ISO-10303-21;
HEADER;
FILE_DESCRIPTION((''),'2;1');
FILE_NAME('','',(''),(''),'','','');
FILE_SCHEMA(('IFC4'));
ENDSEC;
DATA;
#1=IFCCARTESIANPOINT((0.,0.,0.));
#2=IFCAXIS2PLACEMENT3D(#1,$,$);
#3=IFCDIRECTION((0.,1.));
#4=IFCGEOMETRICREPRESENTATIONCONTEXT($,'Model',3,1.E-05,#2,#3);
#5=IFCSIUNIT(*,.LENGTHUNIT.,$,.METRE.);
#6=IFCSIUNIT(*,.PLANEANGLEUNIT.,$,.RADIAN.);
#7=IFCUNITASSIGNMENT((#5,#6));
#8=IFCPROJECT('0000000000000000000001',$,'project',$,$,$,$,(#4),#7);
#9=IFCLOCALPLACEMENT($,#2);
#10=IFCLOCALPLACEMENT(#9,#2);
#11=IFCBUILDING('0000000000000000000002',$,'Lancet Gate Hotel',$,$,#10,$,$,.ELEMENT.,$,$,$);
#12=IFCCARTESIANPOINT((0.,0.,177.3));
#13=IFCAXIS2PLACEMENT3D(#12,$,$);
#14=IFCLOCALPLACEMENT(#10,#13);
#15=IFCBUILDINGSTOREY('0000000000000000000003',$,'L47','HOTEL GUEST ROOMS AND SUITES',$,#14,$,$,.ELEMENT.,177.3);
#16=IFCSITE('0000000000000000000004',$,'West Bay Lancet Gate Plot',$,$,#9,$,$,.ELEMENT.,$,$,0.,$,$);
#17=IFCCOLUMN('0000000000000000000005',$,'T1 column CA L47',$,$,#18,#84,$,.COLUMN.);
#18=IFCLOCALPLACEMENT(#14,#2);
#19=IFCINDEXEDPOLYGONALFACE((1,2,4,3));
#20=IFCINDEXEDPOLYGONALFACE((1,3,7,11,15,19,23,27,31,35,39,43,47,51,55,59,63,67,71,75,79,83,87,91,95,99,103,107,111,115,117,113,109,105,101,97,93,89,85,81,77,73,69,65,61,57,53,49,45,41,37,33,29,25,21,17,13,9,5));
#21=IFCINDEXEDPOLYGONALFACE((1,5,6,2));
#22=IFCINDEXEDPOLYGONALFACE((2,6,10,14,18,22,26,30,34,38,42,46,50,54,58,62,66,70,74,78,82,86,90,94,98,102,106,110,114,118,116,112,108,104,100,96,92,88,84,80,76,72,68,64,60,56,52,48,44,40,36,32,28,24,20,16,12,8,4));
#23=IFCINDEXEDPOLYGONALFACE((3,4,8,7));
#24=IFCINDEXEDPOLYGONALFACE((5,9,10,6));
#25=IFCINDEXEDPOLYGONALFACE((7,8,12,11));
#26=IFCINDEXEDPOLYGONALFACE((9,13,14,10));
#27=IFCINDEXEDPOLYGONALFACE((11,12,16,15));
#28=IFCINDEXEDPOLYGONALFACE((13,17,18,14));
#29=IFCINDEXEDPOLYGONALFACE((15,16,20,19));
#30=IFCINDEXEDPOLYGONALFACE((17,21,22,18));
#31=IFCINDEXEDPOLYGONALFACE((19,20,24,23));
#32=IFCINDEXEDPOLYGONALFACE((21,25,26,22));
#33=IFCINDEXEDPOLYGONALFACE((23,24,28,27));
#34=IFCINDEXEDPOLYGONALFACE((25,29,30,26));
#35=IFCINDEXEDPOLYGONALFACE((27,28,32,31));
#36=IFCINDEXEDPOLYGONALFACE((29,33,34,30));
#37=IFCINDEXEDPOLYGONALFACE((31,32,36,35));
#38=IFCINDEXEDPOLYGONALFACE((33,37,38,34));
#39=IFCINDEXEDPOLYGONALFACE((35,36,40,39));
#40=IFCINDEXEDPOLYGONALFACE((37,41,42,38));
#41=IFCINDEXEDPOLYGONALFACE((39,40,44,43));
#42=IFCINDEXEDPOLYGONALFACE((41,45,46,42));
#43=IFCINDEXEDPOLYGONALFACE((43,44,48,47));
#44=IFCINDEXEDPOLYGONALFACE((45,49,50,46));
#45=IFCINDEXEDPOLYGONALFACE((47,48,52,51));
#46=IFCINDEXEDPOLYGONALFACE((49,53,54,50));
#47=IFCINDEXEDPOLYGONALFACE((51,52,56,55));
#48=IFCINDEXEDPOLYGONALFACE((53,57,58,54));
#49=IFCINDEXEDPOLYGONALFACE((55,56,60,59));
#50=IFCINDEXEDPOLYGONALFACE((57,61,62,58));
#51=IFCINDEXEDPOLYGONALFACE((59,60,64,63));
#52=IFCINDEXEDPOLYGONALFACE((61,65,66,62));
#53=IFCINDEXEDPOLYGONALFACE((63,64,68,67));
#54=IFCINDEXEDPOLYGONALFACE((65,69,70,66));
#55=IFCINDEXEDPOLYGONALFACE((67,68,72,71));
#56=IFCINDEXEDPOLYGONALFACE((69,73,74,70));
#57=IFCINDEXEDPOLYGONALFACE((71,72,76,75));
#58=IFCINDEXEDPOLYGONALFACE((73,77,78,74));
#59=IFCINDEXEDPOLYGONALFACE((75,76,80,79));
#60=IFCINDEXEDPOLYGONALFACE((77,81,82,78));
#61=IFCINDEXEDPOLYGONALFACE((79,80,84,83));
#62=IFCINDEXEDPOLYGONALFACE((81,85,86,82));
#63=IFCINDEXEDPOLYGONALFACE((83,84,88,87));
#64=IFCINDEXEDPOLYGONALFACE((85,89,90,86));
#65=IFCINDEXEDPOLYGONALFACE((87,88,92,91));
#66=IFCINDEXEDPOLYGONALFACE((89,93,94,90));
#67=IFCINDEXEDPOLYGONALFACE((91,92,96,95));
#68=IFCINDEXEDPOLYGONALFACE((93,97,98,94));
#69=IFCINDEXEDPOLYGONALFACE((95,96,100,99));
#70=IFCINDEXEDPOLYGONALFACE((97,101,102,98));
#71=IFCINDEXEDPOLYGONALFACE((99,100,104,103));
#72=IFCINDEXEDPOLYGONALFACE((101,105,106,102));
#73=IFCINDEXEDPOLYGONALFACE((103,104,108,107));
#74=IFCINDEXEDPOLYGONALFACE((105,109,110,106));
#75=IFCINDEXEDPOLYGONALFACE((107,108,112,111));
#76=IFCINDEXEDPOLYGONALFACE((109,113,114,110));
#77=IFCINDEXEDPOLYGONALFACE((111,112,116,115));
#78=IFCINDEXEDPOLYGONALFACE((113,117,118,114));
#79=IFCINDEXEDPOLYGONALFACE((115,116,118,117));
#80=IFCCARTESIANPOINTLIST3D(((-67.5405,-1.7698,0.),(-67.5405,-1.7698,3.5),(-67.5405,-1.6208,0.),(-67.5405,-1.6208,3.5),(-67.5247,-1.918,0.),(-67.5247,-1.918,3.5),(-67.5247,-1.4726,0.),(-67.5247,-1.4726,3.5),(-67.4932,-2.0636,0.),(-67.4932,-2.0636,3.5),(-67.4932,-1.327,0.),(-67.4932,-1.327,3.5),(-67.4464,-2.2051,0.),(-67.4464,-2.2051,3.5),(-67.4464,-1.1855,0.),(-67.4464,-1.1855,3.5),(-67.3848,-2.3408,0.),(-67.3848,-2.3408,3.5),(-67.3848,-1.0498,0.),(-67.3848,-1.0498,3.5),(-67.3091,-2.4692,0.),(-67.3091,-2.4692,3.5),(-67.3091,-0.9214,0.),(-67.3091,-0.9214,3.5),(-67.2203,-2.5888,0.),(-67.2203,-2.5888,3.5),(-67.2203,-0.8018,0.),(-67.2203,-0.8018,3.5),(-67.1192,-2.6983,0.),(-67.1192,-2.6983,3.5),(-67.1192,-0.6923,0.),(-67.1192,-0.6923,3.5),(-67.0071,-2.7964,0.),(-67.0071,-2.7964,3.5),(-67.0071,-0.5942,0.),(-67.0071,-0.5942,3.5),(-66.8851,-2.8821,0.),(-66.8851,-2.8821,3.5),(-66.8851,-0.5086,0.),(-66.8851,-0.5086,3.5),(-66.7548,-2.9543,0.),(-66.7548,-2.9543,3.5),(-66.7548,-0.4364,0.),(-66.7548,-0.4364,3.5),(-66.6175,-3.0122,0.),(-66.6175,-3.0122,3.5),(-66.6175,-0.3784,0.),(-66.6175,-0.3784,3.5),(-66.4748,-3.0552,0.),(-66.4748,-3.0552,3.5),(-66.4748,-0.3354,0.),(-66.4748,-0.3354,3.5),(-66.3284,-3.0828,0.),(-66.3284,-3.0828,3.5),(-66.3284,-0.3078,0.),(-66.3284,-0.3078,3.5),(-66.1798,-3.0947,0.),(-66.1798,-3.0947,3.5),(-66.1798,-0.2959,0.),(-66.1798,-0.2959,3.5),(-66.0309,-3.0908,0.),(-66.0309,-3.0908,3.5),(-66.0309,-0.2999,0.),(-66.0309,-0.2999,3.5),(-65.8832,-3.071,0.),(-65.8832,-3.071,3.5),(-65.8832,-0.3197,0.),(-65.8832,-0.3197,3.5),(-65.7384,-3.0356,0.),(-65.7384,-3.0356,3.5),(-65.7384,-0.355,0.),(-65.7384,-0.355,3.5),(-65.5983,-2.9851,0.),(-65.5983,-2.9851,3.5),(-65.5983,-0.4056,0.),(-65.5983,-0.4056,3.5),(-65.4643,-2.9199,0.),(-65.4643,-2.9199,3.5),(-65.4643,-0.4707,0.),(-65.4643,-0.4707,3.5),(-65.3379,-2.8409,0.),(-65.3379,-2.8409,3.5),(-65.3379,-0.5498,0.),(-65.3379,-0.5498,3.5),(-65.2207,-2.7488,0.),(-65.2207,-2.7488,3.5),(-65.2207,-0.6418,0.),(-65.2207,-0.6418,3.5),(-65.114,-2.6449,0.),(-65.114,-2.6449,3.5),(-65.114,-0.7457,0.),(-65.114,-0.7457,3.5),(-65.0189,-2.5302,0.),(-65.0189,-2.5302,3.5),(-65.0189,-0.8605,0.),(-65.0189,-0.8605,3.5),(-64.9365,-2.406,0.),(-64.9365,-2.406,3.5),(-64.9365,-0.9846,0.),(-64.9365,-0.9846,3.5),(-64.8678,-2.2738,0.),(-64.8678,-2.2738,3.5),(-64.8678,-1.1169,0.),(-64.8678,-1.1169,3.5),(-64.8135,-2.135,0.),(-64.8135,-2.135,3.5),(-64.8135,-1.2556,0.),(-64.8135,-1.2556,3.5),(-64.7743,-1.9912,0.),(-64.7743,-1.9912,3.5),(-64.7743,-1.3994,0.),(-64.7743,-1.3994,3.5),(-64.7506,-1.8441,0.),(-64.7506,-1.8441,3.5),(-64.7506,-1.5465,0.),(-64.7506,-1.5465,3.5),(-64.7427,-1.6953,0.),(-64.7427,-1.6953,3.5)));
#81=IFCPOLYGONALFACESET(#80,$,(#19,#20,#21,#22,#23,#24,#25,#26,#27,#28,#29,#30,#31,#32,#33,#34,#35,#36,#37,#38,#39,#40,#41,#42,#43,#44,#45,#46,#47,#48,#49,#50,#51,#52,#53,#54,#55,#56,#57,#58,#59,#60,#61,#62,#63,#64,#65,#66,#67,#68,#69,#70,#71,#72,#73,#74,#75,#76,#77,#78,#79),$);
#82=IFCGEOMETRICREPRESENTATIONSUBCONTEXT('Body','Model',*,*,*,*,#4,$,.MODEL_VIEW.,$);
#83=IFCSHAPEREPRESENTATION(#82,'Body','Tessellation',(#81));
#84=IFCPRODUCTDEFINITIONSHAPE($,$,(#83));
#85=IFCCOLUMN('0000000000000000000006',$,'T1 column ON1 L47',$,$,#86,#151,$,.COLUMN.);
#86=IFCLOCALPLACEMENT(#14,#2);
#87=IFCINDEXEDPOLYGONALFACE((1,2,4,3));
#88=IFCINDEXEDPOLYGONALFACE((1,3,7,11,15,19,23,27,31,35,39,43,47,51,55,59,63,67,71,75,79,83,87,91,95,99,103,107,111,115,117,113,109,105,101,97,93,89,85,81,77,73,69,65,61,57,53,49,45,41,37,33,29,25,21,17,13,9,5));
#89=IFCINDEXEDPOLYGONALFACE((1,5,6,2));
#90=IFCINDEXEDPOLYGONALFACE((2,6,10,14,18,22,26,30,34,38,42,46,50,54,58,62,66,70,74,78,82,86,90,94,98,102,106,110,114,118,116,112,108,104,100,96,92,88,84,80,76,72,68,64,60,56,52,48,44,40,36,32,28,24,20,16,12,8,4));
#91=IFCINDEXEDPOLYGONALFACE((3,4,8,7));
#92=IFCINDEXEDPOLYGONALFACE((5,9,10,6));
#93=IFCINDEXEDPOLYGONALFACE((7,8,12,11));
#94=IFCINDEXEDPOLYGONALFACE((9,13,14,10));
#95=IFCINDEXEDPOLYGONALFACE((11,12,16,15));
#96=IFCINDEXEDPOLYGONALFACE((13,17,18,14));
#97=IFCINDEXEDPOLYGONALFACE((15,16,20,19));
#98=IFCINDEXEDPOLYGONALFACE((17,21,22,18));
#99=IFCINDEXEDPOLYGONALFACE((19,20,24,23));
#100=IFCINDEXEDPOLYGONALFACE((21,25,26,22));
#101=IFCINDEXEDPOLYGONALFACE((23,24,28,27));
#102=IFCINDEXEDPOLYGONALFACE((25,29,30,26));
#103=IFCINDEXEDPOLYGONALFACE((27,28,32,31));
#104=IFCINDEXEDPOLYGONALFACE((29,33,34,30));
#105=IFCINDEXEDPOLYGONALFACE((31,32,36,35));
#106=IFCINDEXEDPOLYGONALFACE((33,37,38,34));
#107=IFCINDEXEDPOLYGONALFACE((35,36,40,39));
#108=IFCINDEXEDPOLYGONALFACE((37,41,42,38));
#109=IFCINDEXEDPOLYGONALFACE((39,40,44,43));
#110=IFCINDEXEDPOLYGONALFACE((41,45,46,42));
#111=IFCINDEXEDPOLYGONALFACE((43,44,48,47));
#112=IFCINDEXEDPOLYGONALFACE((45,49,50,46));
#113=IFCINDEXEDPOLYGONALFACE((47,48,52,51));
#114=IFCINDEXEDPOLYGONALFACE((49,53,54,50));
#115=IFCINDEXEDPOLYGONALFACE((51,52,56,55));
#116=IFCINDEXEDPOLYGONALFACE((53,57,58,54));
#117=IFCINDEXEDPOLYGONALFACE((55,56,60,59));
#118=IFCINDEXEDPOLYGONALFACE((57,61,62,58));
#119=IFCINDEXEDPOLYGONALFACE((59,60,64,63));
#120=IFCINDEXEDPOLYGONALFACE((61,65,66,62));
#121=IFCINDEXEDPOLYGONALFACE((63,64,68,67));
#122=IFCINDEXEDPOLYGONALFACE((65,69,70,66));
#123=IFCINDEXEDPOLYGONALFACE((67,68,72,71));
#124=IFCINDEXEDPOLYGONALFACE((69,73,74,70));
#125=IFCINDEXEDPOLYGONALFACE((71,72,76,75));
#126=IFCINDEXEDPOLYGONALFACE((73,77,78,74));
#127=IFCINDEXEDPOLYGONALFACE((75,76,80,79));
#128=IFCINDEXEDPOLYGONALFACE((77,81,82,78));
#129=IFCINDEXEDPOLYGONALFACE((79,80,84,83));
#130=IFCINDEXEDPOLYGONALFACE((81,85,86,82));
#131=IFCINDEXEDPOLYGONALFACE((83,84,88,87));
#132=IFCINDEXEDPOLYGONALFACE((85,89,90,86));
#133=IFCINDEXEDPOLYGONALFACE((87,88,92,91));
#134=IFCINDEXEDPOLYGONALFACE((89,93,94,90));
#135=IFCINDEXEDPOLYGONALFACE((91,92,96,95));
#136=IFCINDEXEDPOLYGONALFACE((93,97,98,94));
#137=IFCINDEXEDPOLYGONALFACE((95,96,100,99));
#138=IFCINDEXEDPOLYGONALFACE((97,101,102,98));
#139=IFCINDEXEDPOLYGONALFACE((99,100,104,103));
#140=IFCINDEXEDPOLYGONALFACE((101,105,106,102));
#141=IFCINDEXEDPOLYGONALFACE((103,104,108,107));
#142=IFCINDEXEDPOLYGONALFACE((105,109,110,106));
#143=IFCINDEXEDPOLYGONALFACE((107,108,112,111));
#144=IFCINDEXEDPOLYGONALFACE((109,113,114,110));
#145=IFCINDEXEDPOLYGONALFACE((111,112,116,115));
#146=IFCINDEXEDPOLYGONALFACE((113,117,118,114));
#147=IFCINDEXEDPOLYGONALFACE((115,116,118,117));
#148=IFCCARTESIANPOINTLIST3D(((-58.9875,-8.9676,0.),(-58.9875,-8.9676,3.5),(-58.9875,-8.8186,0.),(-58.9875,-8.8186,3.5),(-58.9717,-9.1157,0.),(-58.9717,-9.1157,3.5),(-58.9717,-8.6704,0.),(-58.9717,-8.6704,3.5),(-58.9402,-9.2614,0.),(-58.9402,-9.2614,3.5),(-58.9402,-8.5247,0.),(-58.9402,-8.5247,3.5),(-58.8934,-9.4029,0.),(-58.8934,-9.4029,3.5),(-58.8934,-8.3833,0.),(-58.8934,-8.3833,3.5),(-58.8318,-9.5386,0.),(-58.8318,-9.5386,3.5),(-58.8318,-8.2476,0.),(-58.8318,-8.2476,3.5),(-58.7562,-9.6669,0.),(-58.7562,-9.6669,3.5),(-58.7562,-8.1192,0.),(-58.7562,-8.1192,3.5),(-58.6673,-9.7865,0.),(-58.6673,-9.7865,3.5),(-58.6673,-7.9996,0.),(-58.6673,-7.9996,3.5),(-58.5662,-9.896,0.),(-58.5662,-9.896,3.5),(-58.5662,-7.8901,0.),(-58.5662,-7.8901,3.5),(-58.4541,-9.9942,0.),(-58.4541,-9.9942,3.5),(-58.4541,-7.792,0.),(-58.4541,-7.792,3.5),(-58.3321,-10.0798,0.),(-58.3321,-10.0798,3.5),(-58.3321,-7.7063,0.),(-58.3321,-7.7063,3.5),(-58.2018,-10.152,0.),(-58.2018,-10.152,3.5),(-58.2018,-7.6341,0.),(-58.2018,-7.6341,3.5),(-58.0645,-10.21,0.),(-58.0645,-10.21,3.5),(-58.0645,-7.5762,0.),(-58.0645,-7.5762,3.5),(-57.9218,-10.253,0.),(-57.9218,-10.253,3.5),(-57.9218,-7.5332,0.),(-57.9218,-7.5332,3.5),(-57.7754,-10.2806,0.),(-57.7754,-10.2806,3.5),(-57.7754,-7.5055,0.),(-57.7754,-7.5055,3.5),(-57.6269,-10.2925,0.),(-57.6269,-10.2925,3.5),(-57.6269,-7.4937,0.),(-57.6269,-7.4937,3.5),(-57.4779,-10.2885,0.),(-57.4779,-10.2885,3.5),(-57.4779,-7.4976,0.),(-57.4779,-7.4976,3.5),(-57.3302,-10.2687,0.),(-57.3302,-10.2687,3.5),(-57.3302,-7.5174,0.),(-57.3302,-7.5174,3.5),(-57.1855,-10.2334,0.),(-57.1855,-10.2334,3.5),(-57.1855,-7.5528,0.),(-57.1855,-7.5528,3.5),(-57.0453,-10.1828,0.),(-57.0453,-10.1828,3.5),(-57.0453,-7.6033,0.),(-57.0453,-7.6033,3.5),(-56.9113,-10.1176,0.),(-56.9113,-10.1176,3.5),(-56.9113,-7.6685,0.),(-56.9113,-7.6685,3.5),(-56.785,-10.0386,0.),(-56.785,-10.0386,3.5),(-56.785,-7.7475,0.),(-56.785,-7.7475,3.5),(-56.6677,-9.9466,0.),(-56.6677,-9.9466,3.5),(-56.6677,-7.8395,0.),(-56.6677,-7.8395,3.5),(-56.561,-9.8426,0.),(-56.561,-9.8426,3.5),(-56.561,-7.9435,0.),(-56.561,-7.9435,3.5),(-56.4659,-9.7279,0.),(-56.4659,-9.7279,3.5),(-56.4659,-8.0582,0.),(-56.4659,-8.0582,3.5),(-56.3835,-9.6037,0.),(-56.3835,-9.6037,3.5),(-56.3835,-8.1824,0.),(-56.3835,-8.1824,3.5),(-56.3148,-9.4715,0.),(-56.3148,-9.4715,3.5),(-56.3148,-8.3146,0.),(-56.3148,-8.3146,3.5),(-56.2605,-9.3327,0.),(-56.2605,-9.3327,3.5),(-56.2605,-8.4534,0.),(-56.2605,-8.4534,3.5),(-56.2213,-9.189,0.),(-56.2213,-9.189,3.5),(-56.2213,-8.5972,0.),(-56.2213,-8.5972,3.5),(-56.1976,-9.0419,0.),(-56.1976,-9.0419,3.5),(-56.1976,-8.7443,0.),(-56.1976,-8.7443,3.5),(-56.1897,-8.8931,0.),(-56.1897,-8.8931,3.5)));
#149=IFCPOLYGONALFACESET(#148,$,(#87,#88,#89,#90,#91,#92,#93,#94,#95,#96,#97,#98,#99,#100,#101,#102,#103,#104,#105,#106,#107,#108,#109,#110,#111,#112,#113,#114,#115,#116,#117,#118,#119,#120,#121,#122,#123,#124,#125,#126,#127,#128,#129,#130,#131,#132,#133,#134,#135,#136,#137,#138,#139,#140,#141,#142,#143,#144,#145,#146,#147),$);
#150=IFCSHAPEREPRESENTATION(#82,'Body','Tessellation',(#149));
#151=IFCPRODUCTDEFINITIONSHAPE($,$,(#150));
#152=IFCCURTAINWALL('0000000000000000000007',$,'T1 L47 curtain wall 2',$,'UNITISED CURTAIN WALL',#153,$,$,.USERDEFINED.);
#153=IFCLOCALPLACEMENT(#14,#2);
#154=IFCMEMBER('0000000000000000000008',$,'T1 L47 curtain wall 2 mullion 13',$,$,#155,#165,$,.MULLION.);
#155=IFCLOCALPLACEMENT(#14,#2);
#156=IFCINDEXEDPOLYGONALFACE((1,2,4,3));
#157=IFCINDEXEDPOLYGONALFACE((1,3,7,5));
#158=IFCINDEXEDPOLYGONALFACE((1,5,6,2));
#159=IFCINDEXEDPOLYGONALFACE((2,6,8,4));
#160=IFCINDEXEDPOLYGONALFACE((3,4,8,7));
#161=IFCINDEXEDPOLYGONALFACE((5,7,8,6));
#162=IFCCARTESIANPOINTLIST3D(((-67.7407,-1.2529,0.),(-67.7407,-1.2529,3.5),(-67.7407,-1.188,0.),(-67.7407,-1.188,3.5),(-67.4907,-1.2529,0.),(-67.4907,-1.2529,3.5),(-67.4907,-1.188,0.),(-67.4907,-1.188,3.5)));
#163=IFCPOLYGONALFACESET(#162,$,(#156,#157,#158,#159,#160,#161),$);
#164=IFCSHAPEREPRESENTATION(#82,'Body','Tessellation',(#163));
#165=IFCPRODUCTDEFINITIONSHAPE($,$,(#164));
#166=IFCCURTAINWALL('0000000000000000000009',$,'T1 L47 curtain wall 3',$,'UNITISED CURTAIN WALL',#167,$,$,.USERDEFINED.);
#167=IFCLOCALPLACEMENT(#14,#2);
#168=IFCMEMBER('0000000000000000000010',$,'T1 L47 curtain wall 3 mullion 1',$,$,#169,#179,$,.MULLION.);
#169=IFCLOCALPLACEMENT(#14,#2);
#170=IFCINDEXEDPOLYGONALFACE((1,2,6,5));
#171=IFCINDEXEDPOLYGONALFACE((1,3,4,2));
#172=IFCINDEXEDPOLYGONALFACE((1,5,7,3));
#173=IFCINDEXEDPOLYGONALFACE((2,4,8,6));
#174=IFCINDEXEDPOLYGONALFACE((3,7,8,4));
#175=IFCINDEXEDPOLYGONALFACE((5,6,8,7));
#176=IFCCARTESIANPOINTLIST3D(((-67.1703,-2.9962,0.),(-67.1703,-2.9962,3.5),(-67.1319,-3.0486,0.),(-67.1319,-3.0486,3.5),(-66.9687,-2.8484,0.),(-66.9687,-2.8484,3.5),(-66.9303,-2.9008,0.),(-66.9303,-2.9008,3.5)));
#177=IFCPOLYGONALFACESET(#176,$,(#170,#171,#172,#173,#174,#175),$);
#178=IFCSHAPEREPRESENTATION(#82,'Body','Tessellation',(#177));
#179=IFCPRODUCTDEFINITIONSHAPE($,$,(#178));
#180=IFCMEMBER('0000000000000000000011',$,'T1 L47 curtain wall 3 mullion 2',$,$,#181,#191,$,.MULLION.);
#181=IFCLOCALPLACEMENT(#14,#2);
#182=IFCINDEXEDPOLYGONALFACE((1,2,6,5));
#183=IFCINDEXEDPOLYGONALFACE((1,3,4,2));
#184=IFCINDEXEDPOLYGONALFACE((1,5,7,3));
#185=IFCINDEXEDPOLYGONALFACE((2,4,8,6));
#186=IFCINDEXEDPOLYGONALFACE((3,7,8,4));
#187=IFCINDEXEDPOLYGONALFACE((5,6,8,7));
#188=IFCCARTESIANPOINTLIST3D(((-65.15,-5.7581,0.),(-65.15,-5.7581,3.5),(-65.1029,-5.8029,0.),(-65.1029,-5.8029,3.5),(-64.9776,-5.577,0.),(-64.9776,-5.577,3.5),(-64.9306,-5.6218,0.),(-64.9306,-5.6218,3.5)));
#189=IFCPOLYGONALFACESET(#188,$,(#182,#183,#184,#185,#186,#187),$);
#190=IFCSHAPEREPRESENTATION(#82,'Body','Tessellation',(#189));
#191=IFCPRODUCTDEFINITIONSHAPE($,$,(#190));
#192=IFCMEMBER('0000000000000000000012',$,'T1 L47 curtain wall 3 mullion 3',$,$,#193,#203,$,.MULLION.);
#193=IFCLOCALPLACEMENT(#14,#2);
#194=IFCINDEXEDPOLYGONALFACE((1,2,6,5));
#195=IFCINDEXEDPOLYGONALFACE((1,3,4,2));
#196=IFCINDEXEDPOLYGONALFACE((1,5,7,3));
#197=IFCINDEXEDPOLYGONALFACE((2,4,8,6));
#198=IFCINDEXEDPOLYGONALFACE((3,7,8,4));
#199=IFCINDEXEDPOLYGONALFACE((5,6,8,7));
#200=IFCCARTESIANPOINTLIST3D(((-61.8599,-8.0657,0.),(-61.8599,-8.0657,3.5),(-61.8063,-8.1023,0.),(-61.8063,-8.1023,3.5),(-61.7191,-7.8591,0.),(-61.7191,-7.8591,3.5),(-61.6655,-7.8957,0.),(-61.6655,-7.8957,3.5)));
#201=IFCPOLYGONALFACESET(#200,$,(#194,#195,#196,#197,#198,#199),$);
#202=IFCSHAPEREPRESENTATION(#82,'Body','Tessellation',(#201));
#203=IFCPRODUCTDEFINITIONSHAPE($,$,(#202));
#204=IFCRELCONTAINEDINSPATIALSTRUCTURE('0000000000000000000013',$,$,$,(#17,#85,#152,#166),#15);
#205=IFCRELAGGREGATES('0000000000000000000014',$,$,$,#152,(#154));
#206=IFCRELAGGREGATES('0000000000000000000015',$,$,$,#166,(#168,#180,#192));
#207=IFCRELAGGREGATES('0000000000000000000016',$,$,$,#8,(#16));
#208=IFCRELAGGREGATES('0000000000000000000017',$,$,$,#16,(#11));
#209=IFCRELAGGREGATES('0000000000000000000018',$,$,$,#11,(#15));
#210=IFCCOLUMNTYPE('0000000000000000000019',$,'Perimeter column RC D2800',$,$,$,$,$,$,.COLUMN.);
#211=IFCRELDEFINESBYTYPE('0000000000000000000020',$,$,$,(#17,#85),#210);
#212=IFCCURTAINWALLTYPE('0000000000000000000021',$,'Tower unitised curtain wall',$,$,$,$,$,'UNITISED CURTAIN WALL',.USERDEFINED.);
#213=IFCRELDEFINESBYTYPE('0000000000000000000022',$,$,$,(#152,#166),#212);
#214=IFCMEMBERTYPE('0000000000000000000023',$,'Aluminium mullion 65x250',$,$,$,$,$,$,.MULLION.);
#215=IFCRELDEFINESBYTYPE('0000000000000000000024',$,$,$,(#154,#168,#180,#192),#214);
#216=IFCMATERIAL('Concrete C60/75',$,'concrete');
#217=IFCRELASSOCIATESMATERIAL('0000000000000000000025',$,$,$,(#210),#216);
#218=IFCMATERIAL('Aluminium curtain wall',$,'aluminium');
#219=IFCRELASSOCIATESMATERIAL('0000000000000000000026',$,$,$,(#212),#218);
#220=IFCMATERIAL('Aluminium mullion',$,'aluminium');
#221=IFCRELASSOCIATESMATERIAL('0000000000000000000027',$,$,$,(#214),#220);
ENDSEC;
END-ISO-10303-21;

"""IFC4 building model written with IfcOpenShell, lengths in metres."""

from ifc_helpers import new_model, si_unit, direction, frame, origin, origin_2d, place, context, subcontext, project, spatial, rectangle, circle, extrude, material, material_profile, profile_set, type_object, element, aggregate, save


model = new_model("IFC4")

# Units and contexts
model_context = context("Model", 3, precision=1e-05, world=origin(), true_north=direction((0.0, 1.0)))
body_context = subcontext(model_context, "Body", "Model", "MODEL_VIEW")
ifc_project = project(units=[si_unit("LENGTHUNIT", "METRE"), si_unit("PLANEANGLEUNIT", "RADIAN")], contexts=[model_context])

# Site, building, storey
site_placement = place(None, origin())
site = spatial("IfcSite", under=ifc_project, at=site_placement, Name="West Bay Lancet Gate Plot", CompositionType="ELEMENT", RefElevation=0.0)
building_placement = place(site_placement, origin())
building = spatial("IfcBuilding", under=site, at=building_placement, Name="Lancet Gate Hotel", CompositionType="ELEMENT")
storey_placement = place(building_placement, frame((0.0, 0.0, 177.3)))
storey = spatial("IfcBuildingStorey", under=building, at=storey_placement, Name="L47", Description="HOTEL GUEST ROOMS AND SUITES", CompositionType="ELEMENT", Elevation=177.3)

# Columns
ifc_material_1 = material(Name="Concrete C60/75", Category="concrete")
ifc_material_profile_1 = material_profile(ifc_material_1, circle(Radius=1.3999, at=origin_2d()), Name="RC D2800")
ifc_profile_set_1 = profile_set([ifc_material_profile_1], Name="Concrete C60/75")
column_type = type_object("IfcColumnType", Name="Perimeter column RC D2800", PredefinedType="COLUMN", material=ifc_profile_set_1)
for number, where, z_axis, x_axis, name in (
    (1, (-66.1426, -1.6953, 0.0), (0.0, 0.0, 1.0), (1.0, 0.0, 0.0), "T1 column CA L47"),
    (2, (-57.5896, -8.8931, 0.0), (0.0, 0.0, 1.0), (1.0, 0.0, 0.0), "T1 column ON1 L47"),
):
    element("IfcColumn", number, at=place(storey_placement, frame(where, z_axis=z_axis, x_axis=x_axis)), inside=storey, type_object=column_type, Name=name, PredefinedType="COLUMN", context=body_context, shape_type="SweptSolid", body=[
        extrude(circle(Radius=1.3999, at=origin_2d()), origin(), (0.0, 0.0, 1.0), 3.5),
    ])

# Curtain wall, member
ifc_material_2 = material(Name="Aluminium curtain wall", Category="aluminium")
curtain_wall_type = type_object("IfcCurtainWallType", Name="Tower unitised curtain wall", ElementType="UNITISED CURTAIN WALL", PredefinedType="USERDEFINED", material=ifc_material_2)
curtain_wall_1_placement = place(storey_placement, origin())
curtain_wall_1 = element("IfcCurtainWall", 3, at=curtain_wall_1_placement, inside=storey, type_object=curtain_wall_type, Name="T1 L47 curtain wall 2", ObjectType="UNITISED CURTAIN WALL", PredefinedType="USERDEFINED")
ifc_material_3 = material(Name="Aluminium mullion", Category="aluminium")
ifc_material_profile_2 = material_profile(ifc_material_3, rectangle(XDim=0.0649, YDim=0.25, at=origin_2d()), Name="MULLION 65x250")
ifc_profile_set_2 = profile_set([ifc_material_profile_2], Name="Aluminium mullion")
member_type_1 = type_object("IfcMemberType", Name="Aluminium mullion 65x250", PredefinedType="MULLION", material=ifc_profile_set_2)
member_1_placement = place(storey_placement, frame((-67.6157, -1.2205, 0.0), z_axis=(0.0, 0.0, 1.0), x_axis=(0.0, -1.0, 0.0)))
member_1 = element("IfcMember", 4, at=member_1_placement, type_object=member_type_1, Name="T1 L47 curtain wall 2 mullion 13", PredefinedType="MULLION", context=body_context, shape_type="SweptSolid", body=[
    extrude(rectangle(XDim=0.0649, YDim=0.25, at=origin_2d()), origin(), (0.0, 0.0, 1.0), 3.5),
])
aggregate(curtain_wall_1, [member_1])

# Curtain wall, members
curtain_wall_2_placement = place(storey_placement, origin())
curtain_wall_2 = element("IfcCurtainWall", 5, at=curtain_wall_2_placement, inside=storey, type_object=curtain_wall_type, Name="T1 L47 curtain wall 3", ObjectType="UNITISED CURTAIN WALL", PredefinedType="USERDEFINED")
member_2_placement = place(storey_placement, frame((-67.0503, -2.9485, 0.0), z_axis=(0.0, 0.0, 1.0), x_axis=(0.5913, -0.806452, 0.0)))
member_2 = element("IfcMember", 6, at=member_2_placement, type_object=member_type_1, Name="T1 L47 curtain wall 3 mullion 1", PredefinedType="MULLION", context=body_context, shape_type="SweptSolid", body=[
    extrude(rectangle(XDim=0.0649, YDim=0.25, at=origin_2d()), origin(), (0.0, 0.0, 1.0), 3.5),
])
member_3_placement = place(storey_placement, frame((-65.0403, -5.6899, 0.0), z_axis=(0.0, 0.0, 1.0), x_axis=(0.724382, -0.689399, 0.0)))
member_3 = element("IfcMember", 7, at=member_3_placement, type_object=member_type_1, Name="T1 L47 curtain wall 3 mullion 2", PredefinedType="MULLION", context=body_context, shape_type="SweptSolid", body=[
    extrude(rectangle(XDim=0.0649, YDim=0.25, at=origin_2d()), origin(), (0.0, 0.0, 1.0), 3.5),
])
member_4_placement = place(storey_placement, frame((-61.7627, -7.9807, 0.0), z_axis=(0.0, 0.0, 1.0), x_axis=(0.826312, -0.563212, 0.0)))
member_4 = element("IfcMember", 8, at=member_4_placement, type_object=member_type_1, Name="T1 L47 curtain wall 3 mullion 3", PredefinedType="MULLION", context=body_context, shape_type="SweptSolid", body=[
    extrude(rectangle(XDim=0.0649, YDim=0.25, at=origin_2d()), origin(), (0.0, 0.0, 1.0), 3.5),
])

aggregate(curtain_wall_2, [member_2, member_3, member_4])

save(model, "model.ifc")
